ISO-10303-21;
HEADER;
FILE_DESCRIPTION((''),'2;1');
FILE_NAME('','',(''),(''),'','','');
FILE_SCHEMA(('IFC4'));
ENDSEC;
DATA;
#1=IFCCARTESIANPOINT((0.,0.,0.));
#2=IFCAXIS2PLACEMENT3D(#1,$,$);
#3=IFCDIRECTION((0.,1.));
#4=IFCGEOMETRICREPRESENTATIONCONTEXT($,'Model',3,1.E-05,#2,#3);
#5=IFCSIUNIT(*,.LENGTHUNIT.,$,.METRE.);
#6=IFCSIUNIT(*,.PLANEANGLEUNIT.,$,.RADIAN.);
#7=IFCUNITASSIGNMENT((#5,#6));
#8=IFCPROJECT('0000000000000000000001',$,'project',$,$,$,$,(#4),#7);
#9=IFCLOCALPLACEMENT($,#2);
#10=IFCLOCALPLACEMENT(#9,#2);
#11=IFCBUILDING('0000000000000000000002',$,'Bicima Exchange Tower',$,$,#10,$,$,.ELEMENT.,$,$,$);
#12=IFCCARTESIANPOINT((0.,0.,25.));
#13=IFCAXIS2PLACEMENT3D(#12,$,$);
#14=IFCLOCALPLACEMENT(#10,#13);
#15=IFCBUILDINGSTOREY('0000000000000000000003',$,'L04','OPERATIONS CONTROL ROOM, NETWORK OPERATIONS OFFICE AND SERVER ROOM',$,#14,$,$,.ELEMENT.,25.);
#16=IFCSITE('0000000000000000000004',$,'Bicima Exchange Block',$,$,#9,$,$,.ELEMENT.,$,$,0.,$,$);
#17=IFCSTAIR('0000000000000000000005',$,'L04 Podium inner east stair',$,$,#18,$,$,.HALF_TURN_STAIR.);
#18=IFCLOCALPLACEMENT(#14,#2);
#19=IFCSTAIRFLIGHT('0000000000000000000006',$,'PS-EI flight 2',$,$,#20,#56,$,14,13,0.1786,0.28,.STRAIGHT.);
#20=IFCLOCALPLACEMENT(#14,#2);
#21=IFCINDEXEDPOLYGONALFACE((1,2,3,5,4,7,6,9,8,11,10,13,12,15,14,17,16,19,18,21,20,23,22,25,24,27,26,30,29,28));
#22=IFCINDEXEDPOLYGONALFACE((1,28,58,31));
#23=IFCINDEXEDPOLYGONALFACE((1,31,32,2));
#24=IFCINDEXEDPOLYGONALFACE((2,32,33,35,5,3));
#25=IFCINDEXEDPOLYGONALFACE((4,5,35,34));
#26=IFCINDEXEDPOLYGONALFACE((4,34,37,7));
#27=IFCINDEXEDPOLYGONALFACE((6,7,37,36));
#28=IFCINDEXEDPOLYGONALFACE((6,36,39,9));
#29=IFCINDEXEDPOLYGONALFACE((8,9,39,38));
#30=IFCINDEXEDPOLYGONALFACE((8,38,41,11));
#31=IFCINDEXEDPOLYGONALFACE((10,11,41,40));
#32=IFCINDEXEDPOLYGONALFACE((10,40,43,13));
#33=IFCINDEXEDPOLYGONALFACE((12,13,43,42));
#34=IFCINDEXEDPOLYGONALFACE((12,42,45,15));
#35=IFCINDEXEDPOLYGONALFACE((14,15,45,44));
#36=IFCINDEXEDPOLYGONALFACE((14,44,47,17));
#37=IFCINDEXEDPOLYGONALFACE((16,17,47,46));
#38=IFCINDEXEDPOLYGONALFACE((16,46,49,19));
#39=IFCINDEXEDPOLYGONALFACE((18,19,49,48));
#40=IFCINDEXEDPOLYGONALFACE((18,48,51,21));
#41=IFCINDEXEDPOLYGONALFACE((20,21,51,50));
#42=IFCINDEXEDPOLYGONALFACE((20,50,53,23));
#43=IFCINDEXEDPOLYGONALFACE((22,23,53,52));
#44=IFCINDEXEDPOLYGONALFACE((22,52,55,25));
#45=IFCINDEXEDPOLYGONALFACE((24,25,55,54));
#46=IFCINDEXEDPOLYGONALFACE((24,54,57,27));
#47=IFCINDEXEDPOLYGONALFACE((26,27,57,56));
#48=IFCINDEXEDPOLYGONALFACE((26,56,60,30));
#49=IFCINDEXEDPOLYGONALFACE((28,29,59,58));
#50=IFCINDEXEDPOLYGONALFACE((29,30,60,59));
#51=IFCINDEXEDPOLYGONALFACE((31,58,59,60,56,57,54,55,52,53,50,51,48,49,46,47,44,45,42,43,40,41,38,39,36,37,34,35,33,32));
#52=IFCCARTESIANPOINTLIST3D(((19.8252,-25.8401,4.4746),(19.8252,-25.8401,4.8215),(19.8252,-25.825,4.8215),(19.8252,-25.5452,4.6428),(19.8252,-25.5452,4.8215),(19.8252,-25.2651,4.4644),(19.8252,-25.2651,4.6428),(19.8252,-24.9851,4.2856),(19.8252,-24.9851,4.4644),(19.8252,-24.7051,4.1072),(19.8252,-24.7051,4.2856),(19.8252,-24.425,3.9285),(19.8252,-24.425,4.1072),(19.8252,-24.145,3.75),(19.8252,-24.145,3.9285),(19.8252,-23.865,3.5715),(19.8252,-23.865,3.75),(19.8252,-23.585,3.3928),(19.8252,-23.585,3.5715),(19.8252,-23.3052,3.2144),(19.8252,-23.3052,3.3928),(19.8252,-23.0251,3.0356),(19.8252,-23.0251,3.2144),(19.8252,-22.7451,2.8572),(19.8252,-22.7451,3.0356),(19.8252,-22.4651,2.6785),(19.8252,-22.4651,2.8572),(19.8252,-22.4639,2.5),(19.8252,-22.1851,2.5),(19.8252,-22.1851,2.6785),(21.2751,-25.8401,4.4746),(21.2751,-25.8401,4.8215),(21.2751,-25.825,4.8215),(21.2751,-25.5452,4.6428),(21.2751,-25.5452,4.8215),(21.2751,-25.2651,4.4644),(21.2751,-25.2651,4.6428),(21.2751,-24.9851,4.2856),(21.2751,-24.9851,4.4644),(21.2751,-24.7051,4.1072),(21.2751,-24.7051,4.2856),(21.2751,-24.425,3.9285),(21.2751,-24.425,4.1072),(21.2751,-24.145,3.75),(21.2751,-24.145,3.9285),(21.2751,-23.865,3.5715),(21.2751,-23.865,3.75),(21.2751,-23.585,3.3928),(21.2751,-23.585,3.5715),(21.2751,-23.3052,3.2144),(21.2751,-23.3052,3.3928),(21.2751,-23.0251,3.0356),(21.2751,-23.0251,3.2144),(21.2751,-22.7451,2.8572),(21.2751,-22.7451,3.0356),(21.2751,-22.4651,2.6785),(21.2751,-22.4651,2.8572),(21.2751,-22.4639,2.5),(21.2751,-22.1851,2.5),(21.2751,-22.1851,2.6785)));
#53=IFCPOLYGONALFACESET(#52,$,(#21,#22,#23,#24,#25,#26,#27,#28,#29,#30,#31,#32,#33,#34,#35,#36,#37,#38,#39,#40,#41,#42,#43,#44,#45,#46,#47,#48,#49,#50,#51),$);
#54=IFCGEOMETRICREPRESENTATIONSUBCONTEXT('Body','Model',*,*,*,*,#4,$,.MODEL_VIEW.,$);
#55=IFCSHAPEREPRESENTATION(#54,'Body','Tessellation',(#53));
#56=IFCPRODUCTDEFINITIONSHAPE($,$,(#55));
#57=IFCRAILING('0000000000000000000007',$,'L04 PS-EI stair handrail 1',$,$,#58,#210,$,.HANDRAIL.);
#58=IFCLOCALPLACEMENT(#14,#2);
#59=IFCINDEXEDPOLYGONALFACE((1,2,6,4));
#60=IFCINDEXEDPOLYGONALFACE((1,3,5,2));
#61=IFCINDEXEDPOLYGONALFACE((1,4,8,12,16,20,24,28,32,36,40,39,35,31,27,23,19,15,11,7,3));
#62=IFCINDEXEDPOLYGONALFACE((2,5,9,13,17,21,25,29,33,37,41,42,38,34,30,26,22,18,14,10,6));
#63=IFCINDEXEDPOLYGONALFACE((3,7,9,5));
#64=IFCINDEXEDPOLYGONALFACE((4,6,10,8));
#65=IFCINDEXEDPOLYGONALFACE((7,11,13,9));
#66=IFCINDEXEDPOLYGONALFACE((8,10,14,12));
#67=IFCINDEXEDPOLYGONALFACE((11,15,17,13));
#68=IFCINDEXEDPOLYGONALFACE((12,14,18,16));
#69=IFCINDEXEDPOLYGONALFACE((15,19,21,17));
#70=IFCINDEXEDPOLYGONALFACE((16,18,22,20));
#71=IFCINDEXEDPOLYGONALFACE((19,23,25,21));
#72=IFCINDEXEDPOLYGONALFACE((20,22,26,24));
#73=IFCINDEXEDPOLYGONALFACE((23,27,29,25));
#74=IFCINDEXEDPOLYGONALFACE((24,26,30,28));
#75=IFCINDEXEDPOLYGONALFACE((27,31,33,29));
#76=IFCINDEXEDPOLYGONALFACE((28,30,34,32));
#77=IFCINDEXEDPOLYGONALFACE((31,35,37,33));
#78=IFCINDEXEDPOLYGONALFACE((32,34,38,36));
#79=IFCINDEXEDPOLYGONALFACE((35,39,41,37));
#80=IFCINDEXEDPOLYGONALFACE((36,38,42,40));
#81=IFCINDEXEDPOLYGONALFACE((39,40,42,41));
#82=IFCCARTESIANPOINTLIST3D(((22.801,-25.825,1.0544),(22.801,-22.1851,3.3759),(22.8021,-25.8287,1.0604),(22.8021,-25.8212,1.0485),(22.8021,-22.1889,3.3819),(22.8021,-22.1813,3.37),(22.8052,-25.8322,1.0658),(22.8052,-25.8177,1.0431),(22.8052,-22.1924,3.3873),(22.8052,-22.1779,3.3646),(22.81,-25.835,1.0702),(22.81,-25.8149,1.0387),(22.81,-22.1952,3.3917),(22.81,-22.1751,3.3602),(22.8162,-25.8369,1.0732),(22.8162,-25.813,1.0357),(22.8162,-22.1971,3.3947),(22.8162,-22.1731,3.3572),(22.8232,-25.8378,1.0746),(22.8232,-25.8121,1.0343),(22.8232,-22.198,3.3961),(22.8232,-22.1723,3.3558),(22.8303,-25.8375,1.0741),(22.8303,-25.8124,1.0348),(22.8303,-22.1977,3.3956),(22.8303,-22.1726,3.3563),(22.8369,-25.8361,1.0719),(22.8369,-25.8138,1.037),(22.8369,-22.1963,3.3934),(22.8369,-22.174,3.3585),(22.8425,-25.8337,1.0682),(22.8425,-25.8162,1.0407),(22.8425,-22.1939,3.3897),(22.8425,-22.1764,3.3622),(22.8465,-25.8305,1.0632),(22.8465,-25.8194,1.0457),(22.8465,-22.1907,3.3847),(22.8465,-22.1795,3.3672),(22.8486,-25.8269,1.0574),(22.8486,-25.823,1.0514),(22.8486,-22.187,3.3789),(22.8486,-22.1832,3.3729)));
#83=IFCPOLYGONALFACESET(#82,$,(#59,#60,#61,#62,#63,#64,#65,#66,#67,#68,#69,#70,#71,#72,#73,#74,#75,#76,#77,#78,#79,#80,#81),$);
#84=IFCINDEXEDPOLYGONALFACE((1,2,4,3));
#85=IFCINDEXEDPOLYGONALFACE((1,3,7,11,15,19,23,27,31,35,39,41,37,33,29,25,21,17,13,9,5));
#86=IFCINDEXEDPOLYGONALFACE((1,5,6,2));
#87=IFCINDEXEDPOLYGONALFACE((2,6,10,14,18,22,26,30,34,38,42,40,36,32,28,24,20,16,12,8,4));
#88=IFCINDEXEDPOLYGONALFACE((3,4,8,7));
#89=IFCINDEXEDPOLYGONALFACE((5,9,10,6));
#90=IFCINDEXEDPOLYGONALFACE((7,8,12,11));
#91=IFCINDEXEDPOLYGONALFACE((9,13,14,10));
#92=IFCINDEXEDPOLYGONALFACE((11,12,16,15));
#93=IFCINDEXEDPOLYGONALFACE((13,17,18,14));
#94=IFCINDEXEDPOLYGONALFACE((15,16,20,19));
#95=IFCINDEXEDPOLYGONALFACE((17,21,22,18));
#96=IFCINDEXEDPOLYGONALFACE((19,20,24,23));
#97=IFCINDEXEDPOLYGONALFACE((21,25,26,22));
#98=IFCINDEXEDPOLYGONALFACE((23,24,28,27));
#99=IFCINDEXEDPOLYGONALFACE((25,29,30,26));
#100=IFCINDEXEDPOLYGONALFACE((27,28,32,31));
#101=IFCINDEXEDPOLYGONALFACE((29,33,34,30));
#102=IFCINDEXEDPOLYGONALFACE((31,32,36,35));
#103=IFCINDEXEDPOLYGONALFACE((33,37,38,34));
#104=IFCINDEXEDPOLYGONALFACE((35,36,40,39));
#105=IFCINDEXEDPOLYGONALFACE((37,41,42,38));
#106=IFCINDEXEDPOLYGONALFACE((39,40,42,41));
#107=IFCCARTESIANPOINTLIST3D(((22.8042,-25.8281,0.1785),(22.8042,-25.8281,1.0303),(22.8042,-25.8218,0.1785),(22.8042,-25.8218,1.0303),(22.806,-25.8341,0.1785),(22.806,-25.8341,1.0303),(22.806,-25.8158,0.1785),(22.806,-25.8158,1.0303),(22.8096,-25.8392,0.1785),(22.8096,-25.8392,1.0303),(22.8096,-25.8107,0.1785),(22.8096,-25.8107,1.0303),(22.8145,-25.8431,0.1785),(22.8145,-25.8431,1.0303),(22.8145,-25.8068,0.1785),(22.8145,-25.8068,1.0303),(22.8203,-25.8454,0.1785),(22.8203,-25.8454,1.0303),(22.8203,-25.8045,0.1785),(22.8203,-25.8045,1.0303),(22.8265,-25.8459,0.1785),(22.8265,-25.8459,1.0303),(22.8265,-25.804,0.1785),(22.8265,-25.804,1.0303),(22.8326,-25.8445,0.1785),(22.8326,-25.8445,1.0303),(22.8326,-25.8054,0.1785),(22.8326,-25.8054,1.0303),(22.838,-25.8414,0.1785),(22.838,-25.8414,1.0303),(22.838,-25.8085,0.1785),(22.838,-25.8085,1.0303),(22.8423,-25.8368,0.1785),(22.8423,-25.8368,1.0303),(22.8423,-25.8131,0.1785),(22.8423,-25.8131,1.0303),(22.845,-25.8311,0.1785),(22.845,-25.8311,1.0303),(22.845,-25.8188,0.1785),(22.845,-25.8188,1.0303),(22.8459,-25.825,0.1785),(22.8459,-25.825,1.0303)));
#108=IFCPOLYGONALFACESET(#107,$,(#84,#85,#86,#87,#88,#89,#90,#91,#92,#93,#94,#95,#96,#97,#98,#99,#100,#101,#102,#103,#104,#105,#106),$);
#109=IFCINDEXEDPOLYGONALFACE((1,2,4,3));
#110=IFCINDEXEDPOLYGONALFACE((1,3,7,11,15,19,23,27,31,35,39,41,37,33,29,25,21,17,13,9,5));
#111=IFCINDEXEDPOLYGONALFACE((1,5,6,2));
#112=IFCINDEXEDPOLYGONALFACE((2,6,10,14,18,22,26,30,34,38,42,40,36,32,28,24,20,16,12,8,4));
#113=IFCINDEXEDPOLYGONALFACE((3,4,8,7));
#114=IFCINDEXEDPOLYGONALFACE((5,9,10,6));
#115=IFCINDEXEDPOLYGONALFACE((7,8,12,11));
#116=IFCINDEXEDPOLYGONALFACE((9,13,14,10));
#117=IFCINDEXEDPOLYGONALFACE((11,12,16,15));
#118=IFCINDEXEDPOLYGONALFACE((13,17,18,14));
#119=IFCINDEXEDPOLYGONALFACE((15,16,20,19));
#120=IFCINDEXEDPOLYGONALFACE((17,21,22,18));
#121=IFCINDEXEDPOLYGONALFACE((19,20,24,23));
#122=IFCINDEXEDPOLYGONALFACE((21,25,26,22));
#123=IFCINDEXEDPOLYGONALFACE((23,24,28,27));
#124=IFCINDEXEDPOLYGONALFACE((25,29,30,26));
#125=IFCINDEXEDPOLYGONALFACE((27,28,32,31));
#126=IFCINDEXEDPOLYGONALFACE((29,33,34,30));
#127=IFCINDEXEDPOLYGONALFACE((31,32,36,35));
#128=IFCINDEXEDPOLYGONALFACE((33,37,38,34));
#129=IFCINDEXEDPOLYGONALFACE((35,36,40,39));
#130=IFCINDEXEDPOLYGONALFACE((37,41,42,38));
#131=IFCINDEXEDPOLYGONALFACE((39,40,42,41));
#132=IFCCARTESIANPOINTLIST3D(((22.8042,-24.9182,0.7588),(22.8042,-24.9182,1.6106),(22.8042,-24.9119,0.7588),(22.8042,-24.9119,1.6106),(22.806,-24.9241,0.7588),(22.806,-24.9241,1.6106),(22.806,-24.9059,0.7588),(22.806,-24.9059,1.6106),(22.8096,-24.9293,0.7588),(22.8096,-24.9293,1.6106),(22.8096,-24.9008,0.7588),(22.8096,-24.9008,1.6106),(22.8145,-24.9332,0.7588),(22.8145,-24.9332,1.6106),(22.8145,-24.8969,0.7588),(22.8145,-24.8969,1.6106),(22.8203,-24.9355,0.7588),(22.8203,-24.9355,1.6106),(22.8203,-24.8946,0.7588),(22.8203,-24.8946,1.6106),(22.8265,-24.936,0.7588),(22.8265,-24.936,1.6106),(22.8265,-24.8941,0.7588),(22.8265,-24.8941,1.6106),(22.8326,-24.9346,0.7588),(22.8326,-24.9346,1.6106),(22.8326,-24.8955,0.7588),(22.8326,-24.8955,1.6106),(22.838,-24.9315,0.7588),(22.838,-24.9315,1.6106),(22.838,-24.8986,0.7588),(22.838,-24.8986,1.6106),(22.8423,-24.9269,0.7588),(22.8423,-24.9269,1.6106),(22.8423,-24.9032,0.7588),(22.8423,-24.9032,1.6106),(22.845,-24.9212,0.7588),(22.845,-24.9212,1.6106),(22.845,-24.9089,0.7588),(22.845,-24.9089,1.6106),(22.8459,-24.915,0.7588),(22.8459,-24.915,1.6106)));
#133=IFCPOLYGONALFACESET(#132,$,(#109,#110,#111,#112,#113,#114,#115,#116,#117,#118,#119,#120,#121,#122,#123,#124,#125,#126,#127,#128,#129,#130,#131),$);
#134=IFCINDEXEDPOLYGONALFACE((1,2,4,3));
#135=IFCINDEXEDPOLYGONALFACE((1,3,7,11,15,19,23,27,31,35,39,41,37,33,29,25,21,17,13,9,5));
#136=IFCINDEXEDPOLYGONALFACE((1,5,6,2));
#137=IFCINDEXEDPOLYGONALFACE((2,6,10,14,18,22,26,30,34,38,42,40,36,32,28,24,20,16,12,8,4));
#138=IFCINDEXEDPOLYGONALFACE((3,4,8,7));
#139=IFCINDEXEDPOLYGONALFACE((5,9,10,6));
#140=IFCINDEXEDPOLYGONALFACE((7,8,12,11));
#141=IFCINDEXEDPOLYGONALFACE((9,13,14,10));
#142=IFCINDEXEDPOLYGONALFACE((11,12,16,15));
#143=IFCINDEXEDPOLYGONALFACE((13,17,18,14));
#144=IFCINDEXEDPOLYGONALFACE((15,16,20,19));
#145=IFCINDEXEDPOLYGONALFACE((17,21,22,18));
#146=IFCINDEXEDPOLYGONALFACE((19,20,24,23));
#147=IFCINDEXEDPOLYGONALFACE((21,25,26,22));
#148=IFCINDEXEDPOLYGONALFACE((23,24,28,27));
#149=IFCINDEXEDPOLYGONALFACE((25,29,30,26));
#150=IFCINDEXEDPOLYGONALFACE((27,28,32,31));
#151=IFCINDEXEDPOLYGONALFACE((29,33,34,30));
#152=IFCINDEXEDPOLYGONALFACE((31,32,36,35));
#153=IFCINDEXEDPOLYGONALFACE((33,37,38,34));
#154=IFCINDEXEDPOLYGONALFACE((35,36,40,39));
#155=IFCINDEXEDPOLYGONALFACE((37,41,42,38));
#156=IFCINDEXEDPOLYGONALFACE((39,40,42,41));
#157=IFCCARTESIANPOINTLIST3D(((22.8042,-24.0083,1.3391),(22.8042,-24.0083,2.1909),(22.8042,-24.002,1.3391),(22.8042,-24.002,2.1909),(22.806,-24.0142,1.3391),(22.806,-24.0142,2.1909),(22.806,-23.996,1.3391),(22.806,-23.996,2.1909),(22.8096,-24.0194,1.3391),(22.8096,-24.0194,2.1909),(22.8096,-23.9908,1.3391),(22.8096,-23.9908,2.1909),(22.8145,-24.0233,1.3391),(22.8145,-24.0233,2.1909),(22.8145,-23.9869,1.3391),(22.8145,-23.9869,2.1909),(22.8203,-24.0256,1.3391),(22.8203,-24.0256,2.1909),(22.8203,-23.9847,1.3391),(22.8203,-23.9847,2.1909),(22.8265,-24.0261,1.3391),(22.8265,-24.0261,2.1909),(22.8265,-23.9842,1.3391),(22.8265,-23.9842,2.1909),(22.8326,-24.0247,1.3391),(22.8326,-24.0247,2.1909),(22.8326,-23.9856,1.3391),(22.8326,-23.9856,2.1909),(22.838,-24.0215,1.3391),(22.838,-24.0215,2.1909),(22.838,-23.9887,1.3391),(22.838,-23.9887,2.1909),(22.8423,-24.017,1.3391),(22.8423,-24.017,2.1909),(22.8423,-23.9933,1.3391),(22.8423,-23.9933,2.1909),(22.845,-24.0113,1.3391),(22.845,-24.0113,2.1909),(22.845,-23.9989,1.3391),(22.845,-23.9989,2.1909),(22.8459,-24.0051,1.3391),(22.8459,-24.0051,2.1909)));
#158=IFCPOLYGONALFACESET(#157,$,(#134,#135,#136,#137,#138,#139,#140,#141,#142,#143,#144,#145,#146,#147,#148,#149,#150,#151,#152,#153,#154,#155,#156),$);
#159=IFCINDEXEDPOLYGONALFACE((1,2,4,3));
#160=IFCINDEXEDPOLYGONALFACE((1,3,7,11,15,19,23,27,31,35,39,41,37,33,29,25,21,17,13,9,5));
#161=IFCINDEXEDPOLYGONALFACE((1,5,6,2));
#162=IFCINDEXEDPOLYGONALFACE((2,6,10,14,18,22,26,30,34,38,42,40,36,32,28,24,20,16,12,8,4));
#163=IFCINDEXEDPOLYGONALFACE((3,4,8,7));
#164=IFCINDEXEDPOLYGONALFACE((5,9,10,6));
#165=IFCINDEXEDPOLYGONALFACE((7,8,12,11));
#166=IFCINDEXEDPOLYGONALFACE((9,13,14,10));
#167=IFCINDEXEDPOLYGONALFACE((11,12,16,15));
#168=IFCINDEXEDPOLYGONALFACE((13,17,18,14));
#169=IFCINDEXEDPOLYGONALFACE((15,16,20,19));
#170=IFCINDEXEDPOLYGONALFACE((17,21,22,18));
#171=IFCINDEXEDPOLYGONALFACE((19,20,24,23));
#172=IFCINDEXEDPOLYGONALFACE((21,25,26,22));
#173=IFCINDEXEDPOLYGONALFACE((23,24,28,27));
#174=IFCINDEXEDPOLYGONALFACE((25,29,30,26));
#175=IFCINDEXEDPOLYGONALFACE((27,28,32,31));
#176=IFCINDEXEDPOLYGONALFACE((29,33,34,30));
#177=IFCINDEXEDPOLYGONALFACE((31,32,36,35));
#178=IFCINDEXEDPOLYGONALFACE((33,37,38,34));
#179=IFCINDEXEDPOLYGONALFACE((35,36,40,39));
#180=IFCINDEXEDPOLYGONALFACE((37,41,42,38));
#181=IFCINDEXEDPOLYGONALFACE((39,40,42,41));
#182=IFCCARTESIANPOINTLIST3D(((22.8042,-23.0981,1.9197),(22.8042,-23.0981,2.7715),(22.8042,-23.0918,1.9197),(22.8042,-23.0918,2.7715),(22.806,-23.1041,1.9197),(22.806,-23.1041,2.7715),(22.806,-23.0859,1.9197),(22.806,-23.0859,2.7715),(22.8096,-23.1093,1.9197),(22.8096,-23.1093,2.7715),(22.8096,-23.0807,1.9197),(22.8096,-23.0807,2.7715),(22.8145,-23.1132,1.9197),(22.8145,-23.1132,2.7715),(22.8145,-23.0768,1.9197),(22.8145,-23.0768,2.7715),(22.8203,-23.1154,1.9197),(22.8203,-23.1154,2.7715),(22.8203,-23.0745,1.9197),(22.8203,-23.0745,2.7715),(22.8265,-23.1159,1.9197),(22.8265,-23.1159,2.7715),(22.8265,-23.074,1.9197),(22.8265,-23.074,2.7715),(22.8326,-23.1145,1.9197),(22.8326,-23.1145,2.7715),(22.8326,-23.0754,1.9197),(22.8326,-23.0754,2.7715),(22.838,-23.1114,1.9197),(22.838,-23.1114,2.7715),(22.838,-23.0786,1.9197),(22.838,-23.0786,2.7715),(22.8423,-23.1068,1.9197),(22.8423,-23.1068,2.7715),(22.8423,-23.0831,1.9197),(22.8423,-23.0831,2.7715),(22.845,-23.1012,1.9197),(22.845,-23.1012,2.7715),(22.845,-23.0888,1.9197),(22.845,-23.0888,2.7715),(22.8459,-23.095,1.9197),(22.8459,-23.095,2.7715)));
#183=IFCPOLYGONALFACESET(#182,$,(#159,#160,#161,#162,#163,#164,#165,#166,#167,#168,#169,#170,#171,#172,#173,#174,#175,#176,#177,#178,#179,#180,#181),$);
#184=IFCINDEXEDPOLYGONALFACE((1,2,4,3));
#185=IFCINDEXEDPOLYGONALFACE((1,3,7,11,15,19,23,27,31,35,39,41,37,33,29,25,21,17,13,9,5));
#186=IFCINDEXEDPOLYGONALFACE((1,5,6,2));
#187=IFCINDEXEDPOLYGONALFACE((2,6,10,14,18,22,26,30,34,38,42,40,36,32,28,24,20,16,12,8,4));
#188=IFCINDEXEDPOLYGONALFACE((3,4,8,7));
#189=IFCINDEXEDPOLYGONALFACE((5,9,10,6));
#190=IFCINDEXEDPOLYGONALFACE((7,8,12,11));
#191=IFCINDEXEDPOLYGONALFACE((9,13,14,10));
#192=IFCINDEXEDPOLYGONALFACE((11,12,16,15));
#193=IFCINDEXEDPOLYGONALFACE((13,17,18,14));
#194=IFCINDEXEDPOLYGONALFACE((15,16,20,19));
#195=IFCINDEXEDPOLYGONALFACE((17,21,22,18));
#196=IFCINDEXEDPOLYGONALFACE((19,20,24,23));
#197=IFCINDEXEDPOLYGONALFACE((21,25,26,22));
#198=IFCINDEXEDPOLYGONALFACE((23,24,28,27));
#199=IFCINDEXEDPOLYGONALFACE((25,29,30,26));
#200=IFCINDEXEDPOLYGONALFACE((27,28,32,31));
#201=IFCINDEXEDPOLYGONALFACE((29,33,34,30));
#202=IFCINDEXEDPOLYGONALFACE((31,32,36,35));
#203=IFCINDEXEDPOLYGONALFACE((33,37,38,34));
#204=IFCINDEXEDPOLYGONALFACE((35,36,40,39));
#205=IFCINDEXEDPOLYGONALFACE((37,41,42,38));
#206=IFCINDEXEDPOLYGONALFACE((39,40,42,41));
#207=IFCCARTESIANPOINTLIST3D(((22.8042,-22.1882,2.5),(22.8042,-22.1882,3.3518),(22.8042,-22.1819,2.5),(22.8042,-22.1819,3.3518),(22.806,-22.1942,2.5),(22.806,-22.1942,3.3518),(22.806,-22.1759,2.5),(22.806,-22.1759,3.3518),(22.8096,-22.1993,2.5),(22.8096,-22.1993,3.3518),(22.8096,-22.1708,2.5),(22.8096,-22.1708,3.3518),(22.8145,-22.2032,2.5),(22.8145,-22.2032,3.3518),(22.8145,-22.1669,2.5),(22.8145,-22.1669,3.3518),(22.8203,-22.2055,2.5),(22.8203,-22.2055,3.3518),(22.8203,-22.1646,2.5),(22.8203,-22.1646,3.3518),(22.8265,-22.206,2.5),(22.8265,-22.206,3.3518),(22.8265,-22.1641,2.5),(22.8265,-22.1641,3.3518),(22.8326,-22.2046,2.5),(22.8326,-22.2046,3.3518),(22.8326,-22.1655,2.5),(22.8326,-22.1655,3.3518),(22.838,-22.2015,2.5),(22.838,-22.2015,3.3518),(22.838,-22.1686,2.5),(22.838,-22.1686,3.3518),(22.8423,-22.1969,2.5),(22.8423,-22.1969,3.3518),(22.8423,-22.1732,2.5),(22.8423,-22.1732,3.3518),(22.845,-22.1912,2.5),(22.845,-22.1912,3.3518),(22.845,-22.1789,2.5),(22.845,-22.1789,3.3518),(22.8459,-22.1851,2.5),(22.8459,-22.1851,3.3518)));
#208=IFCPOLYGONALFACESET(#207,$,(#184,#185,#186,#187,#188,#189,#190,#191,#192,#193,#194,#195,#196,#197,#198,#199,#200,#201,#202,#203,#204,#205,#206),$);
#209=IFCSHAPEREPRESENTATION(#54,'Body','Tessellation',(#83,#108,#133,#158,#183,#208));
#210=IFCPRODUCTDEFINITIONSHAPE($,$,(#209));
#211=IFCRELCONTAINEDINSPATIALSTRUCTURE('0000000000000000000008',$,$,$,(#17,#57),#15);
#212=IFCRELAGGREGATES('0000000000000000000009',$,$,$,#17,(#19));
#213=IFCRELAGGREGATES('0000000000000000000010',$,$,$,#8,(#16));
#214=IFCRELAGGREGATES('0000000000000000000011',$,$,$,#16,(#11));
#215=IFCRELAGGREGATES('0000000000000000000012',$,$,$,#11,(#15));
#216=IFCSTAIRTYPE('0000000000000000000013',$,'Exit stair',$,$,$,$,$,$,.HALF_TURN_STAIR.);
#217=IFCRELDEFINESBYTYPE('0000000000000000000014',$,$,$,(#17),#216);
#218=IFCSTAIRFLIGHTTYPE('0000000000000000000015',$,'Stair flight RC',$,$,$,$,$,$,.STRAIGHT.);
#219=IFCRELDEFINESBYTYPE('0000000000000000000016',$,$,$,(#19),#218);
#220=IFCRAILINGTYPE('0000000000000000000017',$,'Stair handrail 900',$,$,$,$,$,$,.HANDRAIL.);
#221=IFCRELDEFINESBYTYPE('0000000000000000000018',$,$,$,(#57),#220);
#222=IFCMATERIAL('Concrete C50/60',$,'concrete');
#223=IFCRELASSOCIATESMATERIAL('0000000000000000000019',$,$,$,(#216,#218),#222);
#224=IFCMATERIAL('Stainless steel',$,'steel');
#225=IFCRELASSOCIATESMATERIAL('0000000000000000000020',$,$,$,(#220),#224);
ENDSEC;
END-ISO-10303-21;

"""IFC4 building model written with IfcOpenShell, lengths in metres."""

from ifc_helpers import new_model, si_unit, direction, frame, origin, origin_2d, place, context, subcontext, project, spatial, polyline, circle, outline, extrude, material, type_object, element, aggregate, save


model = new_model("IFC4")

# Units and contexts
model_context = context("Model", 3, precision=1e-05, world=origin(), true_north=direction((0.0, 1.0)))
body_context = subcontext(model_context, "Body", "Model", "MODEL_VIEW")
ifc_project = project(units=[si_unit("LENGTHUNIT", "METRE"), si_unit("PLANEANGLEUNIT", "RADIAN")], contexts=[model_context])

# Site, building, storey
site_placement = place(None, origin())
site = spatial("IfcSite", under=ifc_project, at=site_placement, Name="Bicima Exchange Block", CompositionType="ELEMENT", RefElevation=0.0)
building_placement = place(site_placement, origin())
building = spatial("IfcBuilding", under=site, at=building_placement, Name="Bicima Exchange Tower", CompositionType="ELEMENT")
storey_placement = place(building_placement, frame((0.0, 0.0, 25.0)))
storey = spatial("IfcBuildingStorey", under=building, at=storey_placement, Name="L04", Description="OPERATIONS CONTROL ROOM, NETWORK OPERATIONS OFFICE AND SERVER ROOM", CompositionType="ELEMENT", Elevation=25.0)

# Shared definitions
ifc_material_1 = material(Name="Concrete C50/60", Category="concrete")

# Stair, stair flight
stair_type = type_object("IfcStairType", Name="Exit stair", PredefinedType="HALF_TURN_STAIR", material=ifc_material_1)
stair_placement = place(storey_placement, origin())
stair = element("IfcStair", 1, at=stair_placement, inside=storey, type_object=stair_type, Name="L04 Podium inner east stair", PredefinedType="HALF_TURN_STAIR")
stair_flight_type = type_object("IfcStairFlightType", Name="Stair flight RC", PredefinedType="STRAIGHT", material=ifc_material_1)
stair_flight_1_placement = place(storey_placement, frame((20.55, -22.1851, 2.5), z_axis=(0.0, 0.0, 1.0), x_axis=(0.0, -1.0, 0.0)))
stair_flight_1 = element("IfcStairFlight", 2, at=stair_flight_1_placement, type_object=stair_flight_type, Name="PS-EI flight 2", NumberOfRisers=14, NumberOfTreads=13, PredefinedType="STRAIGHT", RiserHeight=0.1786, TreadLength=0.28, context=body_context, shape_type="SweptSolid", body=[
    extrude(outline(polyline([(0.0, 0.0), (0.0, 0.1785), (0.28, 0.1785), (0.28, 0.3572), (0.5601, 0.3572), (0.5601, 0.5356), (0.8401, 0.5356), (0.8401, 0.7144), (1.1201, 0.7144), (1.1201, 0.8928), (1.3999, 0.8928), (1.3999, 1.0715), (1.6799, 1.0715), (1.6799, 1.25), (1.96, 1.25), (1.96, 1.4285), (2.24, 1.4285), (2.24, 1.6072), (2.52, 1.6072), (2.52, 1.7856), (2.8, 1.7856), (2.8, 1.9644), (3.0801, 1.9644), (3.0801, 2.1428), (3.3601, 2.1428), (3.3601, 2.3215), (3.6399, 2.3215), (3.655, 2.3215), (3.655, 1.9746), (0.2788, 0.0), (0.0, 0.0)])), frame((0.0, 0.7251, 0.0), z_axis=(0.0, -1.0, 0.0), x_axis=(1.0, 0.0, 0.0)), (0.0, 0.0, 1.0), 1.45),
])
aggregate(stair, [stair_flight_1])

# Railing
ifc_material_2 = material(Name="Stainless steel", Category="steel")
railing_type_1 = type_object("IfcRailingType", Name="Stair handrail 900", PredefinedType="HANDRAIL", material=ifc_material_2)
railing_1_placement = place(storey_placement, frame((22.825, -25.825, 0.1785)))
element("IfcRailing", 3, at=railing_1_placement, inside=storey, type_object=railing_type_1, Name="L04 PS-EI stair handrail 1", PredefinedType="HANDRAIL", context=body_context, shape_type="SweptSolid", body=[
    extrude(circle(Radius=0.0239, at=origin_2d()), frame((0.0, 0.0, 0.876), z_axis=(0.0, 0.843112, 0.537739), x_axis=(-1.0, 0.0, 0.0)), (0.0, 0.0, 1.0), 4.3171),
    extrude(circle(Radius=0.021, at=origin_2d()), origin(), (0.0, 0.0, 1.0), 0.8518),
    extrude(circle(Radius=0.021, at=origin_2d()), frame((0.0, 0.9099, 0.5803)), (0.0, 0.0, 1.0), 0.8518),
    extrude(circle(Radius=0.021, at=origin_2d()), frame((0.0, 1.8198, 1.1606)), (0.0, 0.0, 1.0), 0.8518),
    extrude(circle(Radius=0.021, at=origin_2d()), frame((0.0, 2.73, 1.7412)), (0.0, 0.0, 1.0), 0.8518),
    extrude(circle(Radius=0.021, at=origin_2d()), frame((0.0, 3.6399, 2.3215)), (0.0, 0.0, 1.0), 0.8518),
])

save(model, "model.ifc")
